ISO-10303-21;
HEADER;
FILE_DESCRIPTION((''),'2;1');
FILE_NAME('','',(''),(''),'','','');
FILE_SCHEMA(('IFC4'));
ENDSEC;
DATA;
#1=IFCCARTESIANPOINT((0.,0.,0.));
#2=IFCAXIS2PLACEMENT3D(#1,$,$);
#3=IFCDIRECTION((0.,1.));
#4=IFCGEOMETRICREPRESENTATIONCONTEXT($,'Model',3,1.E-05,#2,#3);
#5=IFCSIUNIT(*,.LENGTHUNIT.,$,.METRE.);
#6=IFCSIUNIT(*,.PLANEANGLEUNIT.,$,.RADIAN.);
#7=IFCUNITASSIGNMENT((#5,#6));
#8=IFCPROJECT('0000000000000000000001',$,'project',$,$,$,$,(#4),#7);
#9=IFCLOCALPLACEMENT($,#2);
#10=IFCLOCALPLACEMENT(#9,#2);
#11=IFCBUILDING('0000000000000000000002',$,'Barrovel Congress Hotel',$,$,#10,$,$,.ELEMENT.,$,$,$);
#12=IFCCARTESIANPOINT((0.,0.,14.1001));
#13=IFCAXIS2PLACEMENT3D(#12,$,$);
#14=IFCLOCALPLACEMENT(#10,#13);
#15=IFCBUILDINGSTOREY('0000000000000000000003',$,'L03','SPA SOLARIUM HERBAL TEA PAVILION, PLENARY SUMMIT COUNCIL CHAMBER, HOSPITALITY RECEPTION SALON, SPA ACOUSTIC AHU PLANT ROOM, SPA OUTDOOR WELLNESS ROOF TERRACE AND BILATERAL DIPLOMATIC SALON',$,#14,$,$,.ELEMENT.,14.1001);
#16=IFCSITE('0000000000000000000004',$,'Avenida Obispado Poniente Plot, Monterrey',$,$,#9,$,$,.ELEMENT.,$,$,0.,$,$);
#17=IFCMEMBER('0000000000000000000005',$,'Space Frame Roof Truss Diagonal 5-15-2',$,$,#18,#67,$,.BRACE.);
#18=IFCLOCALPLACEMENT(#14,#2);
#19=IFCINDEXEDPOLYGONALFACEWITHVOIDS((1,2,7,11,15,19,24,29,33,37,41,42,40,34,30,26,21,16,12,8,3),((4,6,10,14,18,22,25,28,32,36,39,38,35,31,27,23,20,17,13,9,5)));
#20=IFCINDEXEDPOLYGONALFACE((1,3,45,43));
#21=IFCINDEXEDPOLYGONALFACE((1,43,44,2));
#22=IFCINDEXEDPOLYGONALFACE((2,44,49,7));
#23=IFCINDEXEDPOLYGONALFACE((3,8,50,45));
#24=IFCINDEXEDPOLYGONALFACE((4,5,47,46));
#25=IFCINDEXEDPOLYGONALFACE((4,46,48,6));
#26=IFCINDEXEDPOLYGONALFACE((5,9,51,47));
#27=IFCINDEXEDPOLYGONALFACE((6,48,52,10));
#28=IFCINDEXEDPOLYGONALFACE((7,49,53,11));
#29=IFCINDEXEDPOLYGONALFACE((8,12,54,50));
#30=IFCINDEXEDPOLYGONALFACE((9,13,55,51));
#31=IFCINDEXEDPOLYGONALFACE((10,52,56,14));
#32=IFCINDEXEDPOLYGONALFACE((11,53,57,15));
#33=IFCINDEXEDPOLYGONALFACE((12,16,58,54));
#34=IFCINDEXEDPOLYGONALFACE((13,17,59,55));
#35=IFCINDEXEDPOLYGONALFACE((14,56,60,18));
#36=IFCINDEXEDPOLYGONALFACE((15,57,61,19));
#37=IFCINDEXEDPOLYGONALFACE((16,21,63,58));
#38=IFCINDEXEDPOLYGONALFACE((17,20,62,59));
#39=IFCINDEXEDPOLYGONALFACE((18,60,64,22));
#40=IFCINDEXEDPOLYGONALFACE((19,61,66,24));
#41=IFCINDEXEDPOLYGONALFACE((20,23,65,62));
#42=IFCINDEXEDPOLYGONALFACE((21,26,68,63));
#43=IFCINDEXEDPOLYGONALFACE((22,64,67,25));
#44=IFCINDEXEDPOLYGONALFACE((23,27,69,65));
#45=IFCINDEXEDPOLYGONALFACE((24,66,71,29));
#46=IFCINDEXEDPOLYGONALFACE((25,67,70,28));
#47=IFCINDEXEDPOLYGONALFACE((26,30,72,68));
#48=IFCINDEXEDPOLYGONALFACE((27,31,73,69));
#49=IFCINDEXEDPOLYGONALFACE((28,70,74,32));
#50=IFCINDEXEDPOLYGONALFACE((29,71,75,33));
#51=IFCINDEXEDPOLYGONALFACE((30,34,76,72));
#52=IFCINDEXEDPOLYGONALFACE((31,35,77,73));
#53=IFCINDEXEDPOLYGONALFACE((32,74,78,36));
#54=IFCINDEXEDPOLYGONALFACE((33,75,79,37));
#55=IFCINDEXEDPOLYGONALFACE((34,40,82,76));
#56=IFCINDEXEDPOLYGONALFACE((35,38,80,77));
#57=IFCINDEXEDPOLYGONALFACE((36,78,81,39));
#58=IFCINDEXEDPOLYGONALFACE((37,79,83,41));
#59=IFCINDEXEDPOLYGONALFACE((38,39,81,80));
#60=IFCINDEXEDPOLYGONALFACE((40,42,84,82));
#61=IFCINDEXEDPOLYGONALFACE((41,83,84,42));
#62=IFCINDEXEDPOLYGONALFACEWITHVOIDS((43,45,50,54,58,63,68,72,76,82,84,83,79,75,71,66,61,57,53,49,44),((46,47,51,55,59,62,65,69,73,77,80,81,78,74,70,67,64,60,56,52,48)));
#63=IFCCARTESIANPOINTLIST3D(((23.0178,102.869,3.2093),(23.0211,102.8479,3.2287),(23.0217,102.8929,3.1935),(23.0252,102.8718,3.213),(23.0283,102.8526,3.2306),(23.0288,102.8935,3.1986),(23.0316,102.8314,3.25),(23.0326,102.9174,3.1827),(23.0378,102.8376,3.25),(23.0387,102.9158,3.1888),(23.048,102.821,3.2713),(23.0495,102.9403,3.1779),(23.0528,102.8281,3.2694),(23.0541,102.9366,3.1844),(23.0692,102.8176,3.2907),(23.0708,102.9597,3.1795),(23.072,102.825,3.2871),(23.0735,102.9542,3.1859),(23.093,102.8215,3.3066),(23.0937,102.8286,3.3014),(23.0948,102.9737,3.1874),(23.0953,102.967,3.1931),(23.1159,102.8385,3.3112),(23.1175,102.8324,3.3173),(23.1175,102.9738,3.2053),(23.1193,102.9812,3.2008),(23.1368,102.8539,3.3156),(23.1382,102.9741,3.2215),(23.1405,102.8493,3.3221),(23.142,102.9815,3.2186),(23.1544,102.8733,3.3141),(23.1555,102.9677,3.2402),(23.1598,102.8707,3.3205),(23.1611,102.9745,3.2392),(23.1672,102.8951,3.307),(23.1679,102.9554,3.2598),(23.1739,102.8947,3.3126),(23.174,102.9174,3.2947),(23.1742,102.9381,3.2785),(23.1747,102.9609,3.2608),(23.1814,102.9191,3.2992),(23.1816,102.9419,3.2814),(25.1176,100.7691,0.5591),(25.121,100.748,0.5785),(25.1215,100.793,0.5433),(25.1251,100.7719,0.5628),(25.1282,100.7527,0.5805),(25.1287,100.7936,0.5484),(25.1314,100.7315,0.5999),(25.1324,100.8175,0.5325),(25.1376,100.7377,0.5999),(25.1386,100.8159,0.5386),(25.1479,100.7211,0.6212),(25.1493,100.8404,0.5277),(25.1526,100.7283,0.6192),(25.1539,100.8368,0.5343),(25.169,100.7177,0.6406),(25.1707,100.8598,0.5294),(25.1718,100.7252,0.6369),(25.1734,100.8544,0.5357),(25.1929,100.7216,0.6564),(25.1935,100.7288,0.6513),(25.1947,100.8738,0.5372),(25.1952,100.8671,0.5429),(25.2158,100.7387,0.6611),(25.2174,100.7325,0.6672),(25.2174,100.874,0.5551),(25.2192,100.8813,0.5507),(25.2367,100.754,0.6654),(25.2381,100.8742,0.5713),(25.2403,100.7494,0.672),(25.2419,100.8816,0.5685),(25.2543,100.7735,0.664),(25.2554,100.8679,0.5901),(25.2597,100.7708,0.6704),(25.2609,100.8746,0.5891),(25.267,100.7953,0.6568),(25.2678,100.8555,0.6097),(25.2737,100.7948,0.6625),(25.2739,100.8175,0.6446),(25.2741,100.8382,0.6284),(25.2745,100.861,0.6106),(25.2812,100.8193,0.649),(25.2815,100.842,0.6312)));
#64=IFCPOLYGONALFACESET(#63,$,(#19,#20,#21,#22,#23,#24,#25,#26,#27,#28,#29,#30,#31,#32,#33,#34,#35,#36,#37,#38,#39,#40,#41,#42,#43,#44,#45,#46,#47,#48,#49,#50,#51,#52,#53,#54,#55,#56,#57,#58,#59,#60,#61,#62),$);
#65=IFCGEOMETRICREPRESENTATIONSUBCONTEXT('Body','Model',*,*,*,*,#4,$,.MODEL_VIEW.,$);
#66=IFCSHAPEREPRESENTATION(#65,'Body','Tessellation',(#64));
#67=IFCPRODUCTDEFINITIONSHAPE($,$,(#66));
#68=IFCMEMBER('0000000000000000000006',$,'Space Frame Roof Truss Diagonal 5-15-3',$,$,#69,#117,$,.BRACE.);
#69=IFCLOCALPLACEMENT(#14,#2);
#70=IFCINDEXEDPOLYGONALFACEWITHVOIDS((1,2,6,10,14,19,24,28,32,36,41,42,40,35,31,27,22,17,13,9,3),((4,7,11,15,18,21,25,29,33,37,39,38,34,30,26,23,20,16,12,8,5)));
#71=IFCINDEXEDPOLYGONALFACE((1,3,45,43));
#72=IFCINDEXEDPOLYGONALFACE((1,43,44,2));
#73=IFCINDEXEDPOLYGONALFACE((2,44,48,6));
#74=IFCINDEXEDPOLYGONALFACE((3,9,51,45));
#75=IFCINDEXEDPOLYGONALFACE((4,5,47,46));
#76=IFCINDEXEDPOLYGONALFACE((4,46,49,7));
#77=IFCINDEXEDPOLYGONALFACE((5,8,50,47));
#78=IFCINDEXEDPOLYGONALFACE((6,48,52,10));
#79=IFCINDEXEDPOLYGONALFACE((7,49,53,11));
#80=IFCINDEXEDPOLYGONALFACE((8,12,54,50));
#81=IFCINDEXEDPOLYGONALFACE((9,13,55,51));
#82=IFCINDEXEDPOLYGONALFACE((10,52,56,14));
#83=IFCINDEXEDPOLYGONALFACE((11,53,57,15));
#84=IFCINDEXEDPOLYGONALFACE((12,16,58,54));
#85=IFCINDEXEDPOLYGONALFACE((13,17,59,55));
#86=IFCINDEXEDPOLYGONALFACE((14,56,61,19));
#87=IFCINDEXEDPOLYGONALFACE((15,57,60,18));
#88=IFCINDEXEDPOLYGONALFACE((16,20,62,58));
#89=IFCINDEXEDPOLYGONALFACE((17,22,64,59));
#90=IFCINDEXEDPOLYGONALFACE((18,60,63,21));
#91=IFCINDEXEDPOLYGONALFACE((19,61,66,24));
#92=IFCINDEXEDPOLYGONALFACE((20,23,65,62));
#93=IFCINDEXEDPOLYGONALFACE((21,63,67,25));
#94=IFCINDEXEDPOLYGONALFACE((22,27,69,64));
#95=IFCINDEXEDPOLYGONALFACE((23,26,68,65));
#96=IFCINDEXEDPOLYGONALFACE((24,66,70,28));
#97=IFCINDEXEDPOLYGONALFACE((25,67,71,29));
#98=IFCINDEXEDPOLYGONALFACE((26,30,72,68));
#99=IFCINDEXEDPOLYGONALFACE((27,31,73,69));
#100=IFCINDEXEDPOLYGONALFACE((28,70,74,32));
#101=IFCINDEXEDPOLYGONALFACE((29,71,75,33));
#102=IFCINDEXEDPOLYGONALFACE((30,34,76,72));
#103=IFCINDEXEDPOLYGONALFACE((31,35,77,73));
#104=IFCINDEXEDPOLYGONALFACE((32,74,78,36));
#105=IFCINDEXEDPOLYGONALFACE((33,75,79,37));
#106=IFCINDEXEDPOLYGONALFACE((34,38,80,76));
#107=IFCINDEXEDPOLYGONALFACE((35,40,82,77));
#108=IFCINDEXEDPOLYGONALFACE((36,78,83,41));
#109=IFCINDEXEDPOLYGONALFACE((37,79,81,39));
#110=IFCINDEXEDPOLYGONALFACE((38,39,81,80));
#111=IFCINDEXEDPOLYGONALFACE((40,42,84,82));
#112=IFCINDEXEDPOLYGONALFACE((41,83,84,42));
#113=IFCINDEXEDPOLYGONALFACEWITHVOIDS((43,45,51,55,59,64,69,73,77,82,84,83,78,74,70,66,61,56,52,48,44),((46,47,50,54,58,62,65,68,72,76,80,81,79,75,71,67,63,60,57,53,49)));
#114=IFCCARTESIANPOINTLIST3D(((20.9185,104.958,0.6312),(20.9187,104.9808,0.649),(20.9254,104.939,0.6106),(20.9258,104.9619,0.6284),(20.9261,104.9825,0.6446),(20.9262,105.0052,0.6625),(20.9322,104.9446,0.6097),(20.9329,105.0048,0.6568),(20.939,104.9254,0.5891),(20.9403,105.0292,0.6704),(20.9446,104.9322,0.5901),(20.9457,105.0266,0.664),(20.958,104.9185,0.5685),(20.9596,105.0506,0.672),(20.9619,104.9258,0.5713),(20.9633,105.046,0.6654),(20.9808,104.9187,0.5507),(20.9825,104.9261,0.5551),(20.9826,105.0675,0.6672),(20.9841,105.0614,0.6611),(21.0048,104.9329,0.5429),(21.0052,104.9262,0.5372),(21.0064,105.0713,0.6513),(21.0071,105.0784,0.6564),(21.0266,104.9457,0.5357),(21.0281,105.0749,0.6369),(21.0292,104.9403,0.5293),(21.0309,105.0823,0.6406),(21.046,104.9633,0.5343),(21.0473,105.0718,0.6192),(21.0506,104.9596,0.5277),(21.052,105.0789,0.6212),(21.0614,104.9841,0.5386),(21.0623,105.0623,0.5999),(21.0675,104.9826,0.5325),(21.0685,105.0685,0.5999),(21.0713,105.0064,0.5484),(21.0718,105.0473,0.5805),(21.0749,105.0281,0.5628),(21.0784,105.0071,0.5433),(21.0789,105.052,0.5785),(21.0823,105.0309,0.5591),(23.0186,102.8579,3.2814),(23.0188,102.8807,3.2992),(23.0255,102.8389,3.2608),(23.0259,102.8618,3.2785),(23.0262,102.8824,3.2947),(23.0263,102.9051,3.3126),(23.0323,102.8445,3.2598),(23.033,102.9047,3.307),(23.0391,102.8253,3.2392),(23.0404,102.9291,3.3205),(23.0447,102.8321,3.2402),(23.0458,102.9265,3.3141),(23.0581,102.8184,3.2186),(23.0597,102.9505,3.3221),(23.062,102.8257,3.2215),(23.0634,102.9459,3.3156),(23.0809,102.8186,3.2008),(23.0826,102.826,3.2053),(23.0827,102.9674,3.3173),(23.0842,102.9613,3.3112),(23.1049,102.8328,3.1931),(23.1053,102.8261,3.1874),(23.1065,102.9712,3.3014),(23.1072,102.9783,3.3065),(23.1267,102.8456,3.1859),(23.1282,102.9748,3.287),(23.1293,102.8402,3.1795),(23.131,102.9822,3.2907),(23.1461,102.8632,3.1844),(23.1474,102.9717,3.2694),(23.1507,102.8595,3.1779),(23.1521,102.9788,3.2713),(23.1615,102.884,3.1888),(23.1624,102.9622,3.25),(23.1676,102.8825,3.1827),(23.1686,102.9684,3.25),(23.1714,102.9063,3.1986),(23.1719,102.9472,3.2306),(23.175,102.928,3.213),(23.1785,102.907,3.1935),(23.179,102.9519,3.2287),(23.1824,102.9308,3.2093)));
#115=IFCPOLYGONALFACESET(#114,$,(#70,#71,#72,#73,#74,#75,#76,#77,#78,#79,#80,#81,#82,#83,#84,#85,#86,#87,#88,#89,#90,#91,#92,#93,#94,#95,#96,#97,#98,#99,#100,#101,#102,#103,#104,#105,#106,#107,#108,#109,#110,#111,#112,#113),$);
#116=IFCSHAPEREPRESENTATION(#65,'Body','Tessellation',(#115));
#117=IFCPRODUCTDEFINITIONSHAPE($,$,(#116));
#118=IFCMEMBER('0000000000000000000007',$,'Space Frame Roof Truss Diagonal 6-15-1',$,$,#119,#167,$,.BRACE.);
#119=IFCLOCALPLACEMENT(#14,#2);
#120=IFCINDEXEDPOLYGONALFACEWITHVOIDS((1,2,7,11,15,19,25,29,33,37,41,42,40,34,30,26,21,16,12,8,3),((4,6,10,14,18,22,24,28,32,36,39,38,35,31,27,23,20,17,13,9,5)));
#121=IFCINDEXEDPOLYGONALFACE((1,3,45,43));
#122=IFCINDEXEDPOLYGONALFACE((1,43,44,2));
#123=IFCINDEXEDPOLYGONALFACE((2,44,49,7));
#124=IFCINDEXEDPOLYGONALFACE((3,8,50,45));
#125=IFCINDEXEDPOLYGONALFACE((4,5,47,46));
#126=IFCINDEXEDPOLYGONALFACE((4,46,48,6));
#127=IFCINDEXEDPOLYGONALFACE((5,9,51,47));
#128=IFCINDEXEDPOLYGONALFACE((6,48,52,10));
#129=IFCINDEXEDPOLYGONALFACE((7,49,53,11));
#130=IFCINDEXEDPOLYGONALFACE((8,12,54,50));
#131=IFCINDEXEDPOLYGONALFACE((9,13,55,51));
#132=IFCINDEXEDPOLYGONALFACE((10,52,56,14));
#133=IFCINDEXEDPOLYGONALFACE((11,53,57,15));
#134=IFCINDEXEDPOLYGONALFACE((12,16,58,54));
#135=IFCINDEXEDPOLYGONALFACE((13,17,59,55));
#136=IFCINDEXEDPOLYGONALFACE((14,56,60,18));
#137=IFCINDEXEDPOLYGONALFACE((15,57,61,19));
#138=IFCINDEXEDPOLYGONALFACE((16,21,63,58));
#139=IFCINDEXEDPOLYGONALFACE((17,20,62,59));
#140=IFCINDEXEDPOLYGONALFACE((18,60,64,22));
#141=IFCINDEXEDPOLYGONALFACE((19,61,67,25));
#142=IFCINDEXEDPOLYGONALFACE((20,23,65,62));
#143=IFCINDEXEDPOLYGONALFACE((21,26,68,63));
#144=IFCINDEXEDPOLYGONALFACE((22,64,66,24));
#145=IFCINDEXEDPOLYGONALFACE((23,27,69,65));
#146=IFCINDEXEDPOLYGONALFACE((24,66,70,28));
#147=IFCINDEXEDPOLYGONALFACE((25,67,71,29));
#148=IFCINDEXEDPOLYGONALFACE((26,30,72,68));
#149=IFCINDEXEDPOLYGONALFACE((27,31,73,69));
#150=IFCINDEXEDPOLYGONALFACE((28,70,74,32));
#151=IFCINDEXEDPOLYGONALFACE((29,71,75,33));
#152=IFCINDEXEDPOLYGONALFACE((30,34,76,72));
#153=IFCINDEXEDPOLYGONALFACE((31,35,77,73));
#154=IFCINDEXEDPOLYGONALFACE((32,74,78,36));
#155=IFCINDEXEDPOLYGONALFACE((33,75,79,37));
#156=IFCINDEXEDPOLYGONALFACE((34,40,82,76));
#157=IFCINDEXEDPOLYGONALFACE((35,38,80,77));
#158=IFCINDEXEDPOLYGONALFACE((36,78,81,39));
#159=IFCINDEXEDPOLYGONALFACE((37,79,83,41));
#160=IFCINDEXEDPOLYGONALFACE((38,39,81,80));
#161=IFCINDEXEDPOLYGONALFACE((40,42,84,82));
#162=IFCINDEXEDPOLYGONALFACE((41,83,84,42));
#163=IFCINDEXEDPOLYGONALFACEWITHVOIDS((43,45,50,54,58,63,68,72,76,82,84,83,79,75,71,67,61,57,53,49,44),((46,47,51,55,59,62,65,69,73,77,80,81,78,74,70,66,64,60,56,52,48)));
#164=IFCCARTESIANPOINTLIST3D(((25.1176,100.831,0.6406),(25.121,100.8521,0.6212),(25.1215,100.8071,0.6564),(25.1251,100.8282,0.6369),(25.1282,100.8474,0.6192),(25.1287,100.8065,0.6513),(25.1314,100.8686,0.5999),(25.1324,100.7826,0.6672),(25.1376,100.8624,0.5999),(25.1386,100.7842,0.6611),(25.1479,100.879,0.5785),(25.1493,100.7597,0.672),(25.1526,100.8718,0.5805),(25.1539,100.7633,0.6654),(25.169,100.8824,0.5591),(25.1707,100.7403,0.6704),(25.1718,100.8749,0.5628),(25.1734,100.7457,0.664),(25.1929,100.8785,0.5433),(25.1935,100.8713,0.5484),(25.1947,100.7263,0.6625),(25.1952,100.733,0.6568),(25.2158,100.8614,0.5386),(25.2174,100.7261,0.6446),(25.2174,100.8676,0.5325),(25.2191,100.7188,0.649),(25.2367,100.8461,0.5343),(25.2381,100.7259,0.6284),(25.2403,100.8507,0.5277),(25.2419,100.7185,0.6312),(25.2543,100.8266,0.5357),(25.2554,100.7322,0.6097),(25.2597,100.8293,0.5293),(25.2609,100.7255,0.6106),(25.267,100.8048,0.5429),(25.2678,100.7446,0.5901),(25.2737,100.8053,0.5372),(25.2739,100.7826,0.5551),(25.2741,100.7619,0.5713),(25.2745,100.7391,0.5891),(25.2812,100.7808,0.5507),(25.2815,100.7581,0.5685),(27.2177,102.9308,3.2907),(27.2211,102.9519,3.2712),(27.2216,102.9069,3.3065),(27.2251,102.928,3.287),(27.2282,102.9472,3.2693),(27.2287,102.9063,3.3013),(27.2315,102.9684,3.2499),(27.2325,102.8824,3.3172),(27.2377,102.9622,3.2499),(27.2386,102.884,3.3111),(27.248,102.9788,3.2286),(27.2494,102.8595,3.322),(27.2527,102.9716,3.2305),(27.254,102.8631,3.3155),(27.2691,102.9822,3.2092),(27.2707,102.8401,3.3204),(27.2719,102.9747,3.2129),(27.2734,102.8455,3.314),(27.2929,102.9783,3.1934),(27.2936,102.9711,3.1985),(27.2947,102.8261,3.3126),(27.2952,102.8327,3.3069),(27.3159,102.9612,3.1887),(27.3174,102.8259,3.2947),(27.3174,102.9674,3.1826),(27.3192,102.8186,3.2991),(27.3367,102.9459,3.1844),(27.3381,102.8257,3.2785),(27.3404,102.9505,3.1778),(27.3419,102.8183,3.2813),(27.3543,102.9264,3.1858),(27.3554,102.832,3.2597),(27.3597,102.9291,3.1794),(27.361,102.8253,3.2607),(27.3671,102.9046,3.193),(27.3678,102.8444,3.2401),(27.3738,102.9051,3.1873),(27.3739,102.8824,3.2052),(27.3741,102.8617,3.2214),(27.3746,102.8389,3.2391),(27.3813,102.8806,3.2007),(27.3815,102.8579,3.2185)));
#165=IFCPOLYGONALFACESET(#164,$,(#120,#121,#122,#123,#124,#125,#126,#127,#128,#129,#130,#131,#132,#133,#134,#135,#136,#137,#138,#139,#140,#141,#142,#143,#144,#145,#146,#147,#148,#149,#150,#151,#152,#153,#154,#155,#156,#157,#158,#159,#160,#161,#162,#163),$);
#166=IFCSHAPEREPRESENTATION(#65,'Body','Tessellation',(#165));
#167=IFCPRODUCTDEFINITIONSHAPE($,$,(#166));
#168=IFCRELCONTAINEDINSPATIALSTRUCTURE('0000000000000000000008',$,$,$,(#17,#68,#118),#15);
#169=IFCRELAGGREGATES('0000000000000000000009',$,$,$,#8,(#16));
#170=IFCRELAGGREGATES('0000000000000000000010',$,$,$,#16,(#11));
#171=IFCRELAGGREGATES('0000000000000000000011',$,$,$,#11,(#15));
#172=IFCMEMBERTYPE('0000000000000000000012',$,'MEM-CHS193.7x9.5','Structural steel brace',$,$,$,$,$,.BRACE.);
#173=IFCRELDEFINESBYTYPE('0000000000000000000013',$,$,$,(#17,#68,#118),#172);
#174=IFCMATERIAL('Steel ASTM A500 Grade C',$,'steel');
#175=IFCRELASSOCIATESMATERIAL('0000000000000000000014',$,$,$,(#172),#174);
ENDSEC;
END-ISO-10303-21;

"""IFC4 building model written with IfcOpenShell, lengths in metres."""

from ifc_helpers import new_model, si_unit, direction, frame, origin, origin_2d, place, context, subcontext, project, spatial, hollow_circle, extrude, material, material_profile, profile_set, type_object, element, save


model = new_model("IFC4")

# Units and contexts
model_context = context("Model", 3, precision=1e-05, world=origin(), true_north=direction((0.0, 1.0)))
body_context = subcontext(model_context, "Body", "Model", "MODEL_VIEW")
ifc_project = project(units=[si_unit("LENGTHUNIT", "METRE"), si_unit("PLANEANGLEUNIT", "RADIAN")], contexts=[model_context])

# Site, building, storey
site_placement = place(None, origin())
site = spatial("IfcSite", under=ifc_project, at=site_placement, Name="Avenida Obispado Poniente Plot, Monterrey", CompositionType="ELEMENT", RefElevation=0.0)
building_placement = place(site_placement, origin())
building = spatial("IfcBuilding", under=site, at=building_placement, Name="Barrovel Congress Hotel", CompositionType="ELEMENT")
storey_placement = place(building_placement, frame((0.0, 0.0, 14.1001)))
storey = spatial("IfcBuildingStorey", under=building, at=storey_placement, Name="L03", Description="SPA SOLARIUM HERBAL TEA PAVILION, PLENARY SUMMIT COUNCIL CHAMBER, HOSPITALITY RECEPTION SALON, SPA ACOUSTIC AHU PLANT ROOM, SPA OUTDOOR WELLNESS ROOF TERRACE AND BILATERAL DIPLOMATIC SALON", CompositionType="ELEMENT", Elevation=14.1001)

# Members
ifc_material_1 = material(Name="Steel ASTM A500 Grade C", Category="steel")
ifc_material_profile_1 = material_profile(ifc_material_1, hollow_circle(Radius=0.0969, WallThickness=0.0088, at=origin_2d()), Name="CHS193.7x9.5")
ifc_profile_set_1 = profile_set([ifc_material_profile_1], Name="Steel ASTM A500 Grade C")
member_type_1 = type_object("IfcMemberType", Name="MEM-CHS193.7x9.5", Description="Structural steel brace", PredefinedType="BRACE", material=ifc_profile_set_1)
for number, where, z_axis, x_axis, name in (
    (1, (25.2, 100.8, 0.5999), (-0.527574, 0.527574, 0.665831), (-0.707107, -0.707107, 0.0), "Space Frame Roof Truss Diagonal 5-15-2"),
):
    element("IfcMember", number, at=place(storey_placement, frame(where, z_axis=z_axis, x_axis=x_axis)), inside=storey, type_object=member_type_1, Name=name, PredefinedType="BRACE", context=body_context, shape_type="SweptSolid", body=[
        extrude(hollow_circle(Radius=0.0969, WallThickness=0.0088, at=origin_2d()), origin(), (0.0, 0.0, 1.0), 3.9802),
    ])
member_1_placement = place(storey_placement, frame((21.0, 105.0, 0.5999), z_axis=(0.527601, -0.527601, 0.665788), x_axis=(0.707107, 0.707107, 0.0)))
element("IfcMember", 2, at=member_1_placement, inside=storey, type_object=member_type_1, Name="Space Frame Roof Truss Diagonal 5-15-3", PredefinedType="BRACE", context=body_context, shape_type="SweptSolid", body=[
    extrude(hollow_circle(Radius=0.0969, WallThickness=0.0088, at=origin_2d()), origin(), (0.0, 0.0, 1.0), 3.9805),
])
member_2_placement = place(storey_placement, frame((25.2, 100.8, 0.5999), z_axis=(0.527618, 0.527557, 0.66581), x_axis=(-0.707066, 0.707148, 0.0)))
element("IfcMember", 3, at=member_2_placement, inside=storey, type_object=member_type_1, Name="Space Frame Roof Truss Diagonal 6-15-1", PredefinedType="BRACE", context=body_context, shape_type="SweptSolid", body=[
    extrude(hollow_circle(Radius=0.0969, WallThickness=0.0088, at=origin_2d()), origin(), (0.0, 0.0, 1.0), 3.9802),
])

save(model, "model.ifc")
